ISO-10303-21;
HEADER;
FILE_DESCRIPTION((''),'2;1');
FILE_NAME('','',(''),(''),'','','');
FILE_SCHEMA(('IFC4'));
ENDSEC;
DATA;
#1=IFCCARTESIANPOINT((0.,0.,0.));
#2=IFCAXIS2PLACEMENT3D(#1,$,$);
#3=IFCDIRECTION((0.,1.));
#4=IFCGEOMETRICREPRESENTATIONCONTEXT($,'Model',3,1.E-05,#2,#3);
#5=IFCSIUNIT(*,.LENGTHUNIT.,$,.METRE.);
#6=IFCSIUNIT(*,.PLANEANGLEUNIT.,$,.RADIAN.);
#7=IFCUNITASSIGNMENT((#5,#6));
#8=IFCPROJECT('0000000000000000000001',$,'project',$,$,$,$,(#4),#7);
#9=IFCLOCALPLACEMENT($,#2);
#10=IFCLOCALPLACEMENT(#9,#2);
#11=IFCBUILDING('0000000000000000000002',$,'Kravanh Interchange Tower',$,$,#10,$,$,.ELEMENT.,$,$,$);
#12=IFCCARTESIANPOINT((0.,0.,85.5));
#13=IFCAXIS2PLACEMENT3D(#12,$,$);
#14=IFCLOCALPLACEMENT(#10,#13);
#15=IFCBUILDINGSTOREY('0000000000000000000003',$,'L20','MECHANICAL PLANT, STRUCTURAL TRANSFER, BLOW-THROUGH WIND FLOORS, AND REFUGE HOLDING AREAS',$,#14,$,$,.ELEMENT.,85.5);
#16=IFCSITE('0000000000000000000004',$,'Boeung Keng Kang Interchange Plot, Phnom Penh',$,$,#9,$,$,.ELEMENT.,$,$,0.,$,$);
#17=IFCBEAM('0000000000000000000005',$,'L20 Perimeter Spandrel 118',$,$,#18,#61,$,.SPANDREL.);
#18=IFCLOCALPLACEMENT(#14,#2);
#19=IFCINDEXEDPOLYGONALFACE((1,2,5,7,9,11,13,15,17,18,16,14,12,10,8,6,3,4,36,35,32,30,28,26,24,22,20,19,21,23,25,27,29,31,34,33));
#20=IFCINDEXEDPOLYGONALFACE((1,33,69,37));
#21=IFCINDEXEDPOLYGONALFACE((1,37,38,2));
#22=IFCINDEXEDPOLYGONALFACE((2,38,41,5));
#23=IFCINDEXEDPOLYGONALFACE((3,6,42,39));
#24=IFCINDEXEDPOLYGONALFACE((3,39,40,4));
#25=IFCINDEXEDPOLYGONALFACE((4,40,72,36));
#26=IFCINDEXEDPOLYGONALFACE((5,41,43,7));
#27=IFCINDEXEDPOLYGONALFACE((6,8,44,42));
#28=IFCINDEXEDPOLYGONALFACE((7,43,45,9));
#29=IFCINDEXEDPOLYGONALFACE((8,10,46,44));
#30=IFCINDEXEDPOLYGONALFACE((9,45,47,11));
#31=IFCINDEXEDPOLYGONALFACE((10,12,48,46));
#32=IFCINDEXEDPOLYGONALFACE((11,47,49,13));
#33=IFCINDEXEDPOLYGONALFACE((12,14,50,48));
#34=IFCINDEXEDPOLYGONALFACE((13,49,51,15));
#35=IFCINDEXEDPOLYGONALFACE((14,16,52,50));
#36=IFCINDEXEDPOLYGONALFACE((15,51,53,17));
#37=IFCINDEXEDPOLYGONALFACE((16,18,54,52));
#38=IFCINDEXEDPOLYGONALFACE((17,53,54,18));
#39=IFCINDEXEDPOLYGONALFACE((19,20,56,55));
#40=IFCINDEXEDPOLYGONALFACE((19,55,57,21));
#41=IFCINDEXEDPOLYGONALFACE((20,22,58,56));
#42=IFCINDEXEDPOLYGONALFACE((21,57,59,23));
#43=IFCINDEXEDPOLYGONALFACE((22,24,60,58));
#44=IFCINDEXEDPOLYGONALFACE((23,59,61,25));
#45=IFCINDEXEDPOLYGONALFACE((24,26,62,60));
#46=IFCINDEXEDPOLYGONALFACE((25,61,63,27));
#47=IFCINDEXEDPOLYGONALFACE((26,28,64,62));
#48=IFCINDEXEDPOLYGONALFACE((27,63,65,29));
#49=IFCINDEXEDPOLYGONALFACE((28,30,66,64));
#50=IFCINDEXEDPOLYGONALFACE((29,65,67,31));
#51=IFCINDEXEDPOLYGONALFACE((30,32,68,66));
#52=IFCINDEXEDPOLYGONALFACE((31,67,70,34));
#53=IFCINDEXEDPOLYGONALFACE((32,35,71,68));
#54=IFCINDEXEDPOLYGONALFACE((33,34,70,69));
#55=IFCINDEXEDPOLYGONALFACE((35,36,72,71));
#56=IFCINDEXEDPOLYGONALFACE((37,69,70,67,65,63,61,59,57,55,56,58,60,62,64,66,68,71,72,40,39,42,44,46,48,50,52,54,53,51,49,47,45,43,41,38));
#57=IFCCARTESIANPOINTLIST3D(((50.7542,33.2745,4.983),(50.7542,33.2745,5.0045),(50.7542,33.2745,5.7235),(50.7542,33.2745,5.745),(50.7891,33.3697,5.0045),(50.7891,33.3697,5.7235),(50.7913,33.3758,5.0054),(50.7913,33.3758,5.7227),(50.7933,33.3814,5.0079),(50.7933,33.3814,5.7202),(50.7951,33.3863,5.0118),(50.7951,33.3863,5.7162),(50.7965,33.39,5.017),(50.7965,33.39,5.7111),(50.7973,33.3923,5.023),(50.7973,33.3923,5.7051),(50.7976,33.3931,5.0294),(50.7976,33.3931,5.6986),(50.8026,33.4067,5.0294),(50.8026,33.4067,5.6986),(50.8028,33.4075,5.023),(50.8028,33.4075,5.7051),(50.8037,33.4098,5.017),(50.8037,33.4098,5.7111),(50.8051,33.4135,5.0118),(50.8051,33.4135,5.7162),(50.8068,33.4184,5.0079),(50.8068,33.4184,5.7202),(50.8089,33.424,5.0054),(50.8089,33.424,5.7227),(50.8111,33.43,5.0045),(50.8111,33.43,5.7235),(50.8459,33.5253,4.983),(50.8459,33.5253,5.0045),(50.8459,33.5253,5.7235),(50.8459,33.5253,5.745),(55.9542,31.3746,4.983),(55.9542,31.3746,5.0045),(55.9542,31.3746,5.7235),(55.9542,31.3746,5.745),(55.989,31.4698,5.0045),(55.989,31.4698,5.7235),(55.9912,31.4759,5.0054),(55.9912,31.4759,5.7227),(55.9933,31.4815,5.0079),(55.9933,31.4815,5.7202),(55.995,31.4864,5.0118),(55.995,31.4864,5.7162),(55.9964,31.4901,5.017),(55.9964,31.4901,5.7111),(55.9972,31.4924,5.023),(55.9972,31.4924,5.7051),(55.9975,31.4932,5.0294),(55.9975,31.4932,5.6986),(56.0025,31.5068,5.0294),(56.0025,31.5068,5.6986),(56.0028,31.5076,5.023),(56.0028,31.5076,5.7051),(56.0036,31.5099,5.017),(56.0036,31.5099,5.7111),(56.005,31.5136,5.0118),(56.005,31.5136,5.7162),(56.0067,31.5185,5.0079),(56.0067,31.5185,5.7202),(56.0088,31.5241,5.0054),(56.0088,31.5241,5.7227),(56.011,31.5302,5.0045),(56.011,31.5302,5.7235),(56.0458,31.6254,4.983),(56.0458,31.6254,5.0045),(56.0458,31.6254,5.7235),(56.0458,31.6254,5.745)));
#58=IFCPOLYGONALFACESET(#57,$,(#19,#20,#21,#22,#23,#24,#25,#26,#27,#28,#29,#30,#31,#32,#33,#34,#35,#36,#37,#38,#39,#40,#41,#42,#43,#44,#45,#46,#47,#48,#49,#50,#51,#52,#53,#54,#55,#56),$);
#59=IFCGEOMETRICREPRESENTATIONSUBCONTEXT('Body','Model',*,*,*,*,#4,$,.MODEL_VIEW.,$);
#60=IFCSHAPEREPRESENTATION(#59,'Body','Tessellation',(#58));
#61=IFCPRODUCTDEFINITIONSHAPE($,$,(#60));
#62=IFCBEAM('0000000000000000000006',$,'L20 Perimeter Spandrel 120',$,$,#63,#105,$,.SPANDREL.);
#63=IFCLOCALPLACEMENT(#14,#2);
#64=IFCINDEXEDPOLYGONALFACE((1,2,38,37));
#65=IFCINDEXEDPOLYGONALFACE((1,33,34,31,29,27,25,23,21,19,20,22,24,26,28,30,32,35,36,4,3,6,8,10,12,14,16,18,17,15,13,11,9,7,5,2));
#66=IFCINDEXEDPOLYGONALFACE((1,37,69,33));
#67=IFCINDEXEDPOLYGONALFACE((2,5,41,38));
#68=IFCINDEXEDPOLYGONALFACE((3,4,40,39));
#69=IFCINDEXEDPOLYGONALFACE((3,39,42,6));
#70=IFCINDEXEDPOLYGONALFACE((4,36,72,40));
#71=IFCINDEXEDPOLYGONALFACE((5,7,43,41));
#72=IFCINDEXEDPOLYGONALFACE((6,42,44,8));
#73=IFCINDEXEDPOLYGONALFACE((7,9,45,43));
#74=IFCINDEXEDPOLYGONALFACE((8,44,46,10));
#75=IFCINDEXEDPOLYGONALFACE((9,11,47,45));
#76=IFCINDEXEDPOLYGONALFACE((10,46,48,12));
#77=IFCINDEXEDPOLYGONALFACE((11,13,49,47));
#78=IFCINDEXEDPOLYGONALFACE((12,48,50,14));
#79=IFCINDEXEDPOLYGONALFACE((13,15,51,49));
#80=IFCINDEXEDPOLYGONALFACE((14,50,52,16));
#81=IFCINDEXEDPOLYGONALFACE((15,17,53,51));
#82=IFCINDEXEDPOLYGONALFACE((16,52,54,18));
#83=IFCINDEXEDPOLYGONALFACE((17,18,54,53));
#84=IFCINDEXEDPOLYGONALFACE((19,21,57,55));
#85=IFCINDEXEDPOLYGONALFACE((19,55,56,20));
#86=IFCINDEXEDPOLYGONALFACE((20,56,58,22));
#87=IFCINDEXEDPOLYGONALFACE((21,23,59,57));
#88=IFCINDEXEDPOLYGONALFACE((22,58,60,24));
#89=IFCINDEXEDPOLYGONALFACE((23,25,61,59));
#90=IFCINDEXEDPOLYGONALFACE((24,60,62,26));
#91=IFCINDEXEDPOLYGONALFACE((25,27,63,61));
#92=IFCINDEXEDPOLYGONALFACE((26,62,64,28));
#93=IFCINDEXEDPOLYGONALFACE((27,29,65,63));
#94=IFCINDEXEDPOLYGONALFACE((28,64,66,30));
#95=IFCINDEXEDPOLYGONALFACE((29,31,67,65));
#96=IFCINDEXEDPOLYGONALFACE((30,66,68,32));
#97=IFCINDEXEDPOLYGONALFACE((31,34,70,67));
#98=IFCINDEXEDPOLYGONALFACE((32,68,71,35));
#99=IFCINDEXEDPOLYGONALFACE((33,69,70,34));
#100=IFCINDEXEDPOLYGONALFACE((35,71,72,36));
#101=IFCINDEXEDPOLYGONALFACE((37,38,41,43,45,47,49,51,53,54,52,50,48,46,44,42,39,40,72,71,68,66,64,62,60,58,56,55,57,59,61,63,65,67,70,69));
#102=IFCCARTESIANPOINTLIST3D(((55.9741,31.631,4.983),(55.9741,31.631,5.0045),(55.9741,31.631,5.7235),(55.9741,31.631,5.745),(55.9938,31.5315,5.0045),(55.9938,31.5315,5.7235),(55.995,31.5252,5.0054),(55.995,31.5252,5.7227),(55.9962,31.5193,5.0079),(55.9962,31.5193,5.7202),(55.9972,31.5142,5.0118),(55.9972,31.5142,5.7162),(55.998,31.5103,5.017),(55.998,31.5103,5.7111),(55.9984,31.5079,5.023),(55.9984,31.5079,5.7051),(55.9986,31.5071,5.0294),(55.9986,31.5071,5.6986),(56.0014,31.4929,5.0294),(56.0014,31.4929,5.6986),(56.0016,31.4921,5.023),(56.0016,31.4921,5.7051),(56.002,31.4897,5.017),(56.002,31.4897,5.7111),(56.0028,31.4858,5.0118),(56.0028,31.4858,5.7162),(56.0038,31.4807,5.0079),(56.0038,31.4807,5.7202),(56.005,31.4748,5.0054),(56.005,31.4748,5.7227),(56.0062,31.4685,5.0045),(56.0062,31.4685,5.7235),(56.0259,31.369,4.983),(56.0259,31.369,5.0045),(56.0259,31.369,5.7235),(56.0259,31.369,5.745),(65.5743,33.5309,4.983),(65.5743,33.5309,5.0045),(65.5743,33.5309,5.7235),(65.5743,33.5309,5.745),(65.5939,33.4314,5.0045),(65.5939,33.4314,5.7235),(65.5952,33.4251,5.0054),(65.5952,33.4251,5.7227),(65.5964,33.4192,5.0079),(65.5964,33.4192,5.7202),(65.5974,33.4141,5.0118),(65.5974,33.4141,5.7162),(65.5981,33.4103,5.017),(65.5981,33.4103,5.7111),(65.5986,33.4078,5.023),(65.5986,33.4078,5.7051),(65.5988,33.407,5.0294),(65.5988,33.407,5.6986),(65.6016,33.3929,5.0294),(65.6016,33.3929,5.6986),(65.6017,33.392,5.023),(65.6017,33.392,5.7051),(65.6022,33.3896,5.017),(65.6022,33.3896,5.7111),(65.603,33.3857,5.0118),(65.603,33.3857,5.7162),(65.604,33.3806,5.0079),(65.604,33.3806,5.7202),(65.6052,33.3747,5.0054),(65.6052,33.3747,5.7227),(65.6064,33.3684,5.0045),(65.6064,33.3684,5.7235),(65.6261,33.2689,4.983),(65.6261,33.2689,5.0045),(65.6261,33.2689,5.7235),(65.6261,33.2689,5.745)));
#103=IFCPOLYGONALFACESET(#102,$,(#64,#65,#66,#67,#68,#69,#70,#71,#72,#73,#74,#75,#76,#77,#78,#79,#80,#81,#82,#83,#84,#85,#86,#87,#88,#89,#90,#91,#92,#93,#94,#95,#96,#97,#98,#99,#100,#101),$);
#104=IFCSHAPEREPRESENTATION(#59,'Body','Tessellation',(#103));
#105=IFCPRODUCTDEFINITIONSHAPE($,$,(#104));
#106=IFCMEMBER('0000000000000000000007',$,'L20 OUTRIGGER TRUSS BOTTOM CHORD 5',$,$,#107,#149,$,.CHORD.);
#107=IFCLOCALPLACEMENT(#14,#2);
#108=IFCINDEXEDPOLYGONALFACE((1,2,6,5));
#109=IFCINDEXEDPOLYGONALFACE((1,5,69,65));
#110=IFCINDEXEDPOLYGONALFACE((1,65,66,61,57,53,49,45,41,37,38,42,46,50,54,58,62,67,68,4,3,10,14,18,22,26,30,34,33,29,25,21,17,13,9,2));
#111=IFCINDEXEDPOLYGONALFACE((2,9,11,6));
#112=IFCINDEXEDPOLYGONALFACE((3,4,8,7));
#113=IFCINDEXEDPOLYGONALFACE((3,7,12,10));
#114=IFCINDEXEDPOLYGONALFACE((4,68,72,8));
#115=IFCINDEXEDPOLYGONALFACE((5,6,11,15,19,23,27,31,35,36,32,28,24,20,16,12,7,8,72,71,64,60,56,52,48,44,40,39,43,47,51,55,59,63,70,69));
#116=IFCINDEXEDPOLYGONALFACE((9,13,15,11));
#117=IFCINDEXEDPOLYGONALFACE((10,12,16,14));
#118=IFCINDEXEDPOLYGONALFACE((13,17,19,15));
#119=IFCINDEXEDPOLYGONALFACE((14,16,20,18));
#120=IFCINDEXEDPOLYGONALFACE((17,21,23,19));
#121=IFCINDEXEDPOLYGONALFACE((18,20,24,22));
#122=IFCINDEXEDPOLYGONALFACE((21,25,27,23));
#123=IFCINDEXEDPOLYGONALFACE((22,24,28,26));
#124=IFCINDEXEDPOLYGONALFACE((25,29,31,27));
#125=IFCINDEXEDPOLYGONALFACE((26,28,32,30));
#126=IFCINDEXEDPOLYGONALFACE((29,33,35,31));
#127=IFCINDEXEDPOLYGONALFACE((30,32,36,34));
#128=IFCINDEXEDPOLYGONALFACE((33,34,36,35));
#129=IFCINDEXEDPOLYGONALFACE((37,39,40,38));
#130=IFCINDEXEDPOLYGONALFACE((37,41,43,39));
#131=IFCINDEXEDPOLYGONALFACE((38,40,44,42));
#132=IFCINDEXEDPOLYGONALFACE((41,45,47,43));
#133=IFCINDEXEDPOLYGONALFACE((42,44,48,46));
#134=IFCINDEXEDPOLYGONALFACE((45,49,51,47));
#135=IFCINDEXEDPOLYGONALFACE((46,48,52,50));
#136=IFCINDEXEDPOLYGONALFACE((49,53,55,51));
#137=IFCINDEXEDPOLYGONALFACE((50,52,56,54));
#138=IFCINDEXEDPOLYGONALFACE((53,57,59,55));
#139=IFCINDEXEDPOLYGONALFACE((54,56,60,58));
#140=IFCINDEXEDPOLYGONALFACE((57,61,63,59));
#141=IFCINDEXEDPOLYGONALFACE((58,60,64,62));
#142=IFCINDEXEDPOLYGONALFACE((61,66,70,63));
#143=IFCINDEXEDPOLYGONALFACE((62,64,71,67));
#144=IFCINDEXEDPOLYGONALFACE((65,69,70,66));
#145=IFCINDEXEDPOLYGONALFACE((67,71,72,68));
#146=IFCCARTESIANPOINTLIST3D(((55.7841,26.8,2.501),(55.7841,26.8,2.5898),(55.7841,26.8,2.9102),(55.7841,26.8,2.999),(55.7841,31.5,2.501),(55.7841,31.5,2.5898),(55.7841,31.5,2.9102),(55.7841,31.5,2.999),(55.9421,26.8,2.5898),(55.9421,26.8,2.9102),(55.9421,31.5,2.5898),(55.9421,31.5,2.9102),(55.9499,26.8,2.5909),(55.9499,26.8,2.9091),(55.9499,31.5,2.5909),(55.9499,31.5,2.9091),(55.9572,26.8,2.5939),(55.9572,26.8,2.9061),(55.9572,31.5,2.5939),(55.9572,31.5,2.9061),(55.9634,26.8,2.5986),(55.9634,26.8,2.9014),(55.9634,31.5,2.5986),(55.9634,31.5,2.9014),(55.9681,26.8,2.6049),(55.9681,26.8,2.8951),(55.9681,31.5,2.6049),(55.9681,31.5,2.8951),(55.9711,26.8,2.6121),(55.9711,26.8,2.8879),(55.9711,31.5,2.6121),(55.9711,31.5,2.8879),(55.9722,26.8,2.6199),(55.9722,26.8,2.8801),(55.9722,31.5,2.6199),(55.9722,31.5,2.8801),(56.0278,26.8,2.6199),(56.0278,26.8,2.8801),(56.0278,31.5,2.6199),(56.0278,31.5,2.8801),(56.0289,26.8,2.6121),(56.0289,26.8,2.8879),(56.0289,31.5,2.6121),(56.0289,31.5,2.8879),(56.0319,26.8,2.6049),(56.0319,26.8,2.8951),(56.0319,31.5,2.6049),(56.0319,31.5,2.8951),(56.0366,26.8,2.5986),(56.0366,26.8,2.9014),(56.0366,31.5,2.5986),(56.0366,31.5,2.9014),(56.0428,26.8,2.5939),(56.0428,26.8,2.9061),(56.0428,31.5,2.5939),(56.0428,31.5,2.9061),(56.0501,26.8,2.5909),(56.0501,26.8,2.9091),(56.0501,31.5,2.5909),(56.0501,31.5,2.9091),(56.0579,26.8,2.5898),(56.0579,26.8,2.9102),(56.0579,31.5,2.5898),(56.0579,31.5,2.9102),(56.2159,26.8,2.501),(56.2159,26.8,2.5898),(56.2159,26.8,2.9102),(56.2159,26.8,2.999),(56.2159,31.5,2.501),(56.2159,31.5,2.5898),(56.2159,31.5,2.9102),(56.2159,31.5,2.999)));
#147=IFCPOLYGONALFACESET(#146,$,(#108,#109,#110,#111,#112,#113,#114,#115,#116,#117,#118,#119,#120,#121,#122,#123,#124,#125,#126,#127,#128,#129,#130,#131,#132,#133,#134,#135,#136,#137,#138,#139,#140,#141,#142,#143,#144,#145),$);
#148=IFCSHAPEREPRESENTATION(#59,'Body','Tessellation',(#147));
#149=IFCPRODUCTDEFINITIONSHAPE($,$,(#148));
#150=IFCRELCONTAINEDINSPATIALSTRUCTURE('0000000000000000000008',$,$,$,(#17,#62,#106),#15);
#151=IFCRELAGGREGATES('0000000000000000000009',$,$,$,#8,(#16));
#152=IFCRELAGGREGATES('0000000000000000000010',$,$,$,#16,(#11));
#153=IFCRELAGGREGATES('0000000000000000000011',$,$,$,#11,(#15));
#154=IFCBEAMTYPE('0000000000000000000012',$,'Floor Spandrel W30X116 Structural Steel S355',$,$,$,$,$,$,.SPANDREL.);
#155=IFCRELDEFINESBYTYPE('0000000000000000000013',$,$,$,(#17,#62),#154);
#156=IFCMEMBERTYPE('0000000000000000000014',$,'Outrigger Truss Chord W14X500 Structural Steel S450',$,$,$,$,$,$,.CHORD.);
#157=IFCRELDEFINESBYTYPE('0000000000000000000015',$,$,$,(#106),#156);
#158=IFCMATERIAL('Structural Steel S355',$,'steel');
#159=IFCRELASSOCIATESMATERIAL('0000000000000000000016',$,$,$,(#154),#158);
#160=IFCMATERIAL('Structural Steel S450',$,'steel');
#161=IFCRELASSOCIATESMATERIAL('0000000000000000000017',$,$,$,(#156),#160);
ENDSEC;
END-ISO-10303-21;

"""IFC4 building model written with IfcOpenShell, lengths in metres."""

from ifc_helpers import new_model, si_unit, direction, frame, origin, origin_2d, place, context, subcontext, project, spatial, i_section, extrude, material, material_profile, profile_set, type_object, element, save


model = new_model("IFC4")

# Units and contexts
model_context = context("Model", 3, precision=1e-05, world=origin(), true_north=direction((0.0, 1.0)))
body_context = subcontext(model_context, "Body", "Model", "MODEL_VIEW")
ifc_project = project(units=[si_unit("LENGTHUNIT", "METRE"), si_unit("PLANEANGLEUNIT", "RADIAN")], contexts=[model_context])

# Site, building, storey
site_placement = place(None, origin())
site = spatial("IfcSite", under=ifc_project, at=site_placement, Name="Boeung Keng Kang Interchange Plot, Phnom Penh", CompositionType="ELEMENT", RefElevation=0.0)
building_placement = place(site_placement, origin())
building = spatial("IfcBuilding", under=site, at=building_placement, Name="Kravanh Interchange Tower", CompositionType="ELEMENT")
storey_placement = place(building_placement, frame((0.0, 0.0, 85.5)))
storey = spatial("IfcBuildingStorey", under=building, at=storey_placement, Name="L20", Description="MECHANICAL PLANT, STRUCTURAL TRANSFER, BLOW-THROUGH WIND FLOORS, AND REFUGE HOLDING AREAS", CompositionType="ELEMENT", Elevation=85.5)

# Beams
ifc_material_1 = material(Name="Structural Steel S355", Category="steel")
ifc_material_profile_1 = material_profile(ifc_material_1, i_section(OverallWidth=0.2671, OverallDepth=0.762, WebThickness=0.0144, FlangeThickness=0.0215, FilletRadius=0.0249, at=origin_2d()), Name="W30X116")
ifc_profile_set_1 = profile_set([ifc_material_profile_1], Name="Structural Steel S355")
beam_type_1 = type_object("IfcBeamType", Name="Floor Spandrel W30X116 Structural Steel S355", PredefinedType="SPANDREL", material=ifc_profile_set_1)
beam_1_placement = place(storey_placement, frame((56.0, 31.5, 5.364), z_axis=(-0.93927, 0.34318, 0.0), x_axis=(-0.34318, -0.93927, 0.0)))
element("IfcBeam", 1, at=beam_1_placement, inside=storey, type_object=beam_type_1, Name="L20 Perimeter Spandrel 118", PredefinedType="SPANDREL", context=body_context, shape_type="SweptSolid", body=[
    extrude(i_section(OverallWidth=0.2671, OverallDepth=0.762, WebThickness=0.0144, FlangeThickness=0.0215, FilletRadius=0.0249, at=origin_2d()), origin(), (0.0, 0.0, 1.0), 5.5361),
])
beam_2_placement = place(storey_placement, frame((56.0, 31.5, 5.364), z_axis=(0.980974, 0.194139, 0.0), x_axis=(-0.194139, 0.980974, 0.0)))
element("IfcBeam", 2, at=beam_2_placement, inside=storey, type_object=beam_type_1, Name="L20 Perimeter Spandrel 120", PredefinedType="SPANDREL", context=body_context, shape_type="SweptSolid", body=[
    extrude(i_section(OverallWidth=0.2671, OverallDepth=0.762, WebThickness=0.0144, FlangeThickness=0.0215, FilletRadius=0.0249, at=origin_2d()), origin(), (0.0, 0.0, 1.0), 9.7864),
])

# Member
ifc_material_2 = material(Name="Structural Steel S450", Category="steel")
ifc_material_profile_2 = material_profile(ifc_material_2, i_section(OverallWidth=0.4319, OverallDepth=0.498, WebThickness=0.0557, FlangeThickness=0.0889, FilletRadius=0.03, at=origin_2d()), Name="W14X500")
ifc_profile_set_2 = profile_set([ifc_material_profile_2], Name="Structural Steel S450")
member_type_1 = type_object("IfcMemberType", Name="Outrigger Truss Chord W14X500 Structural Steel S450", PredefinedType="CHORD", material=ifc_profile_set_2)
member_1_placement = place(storey_placement, frame((56.0, 31.5, 2.75), z_axis=(0.0, -1.0, 0.0), x_axis=(1.0, 0.0, 0.0)))
element("IfcMember", 3, at=member_1_placement, inside=storey, type_object=member_type_1, Name="L20 OUTRIGGER TRUSS BOTTOM CHORD 5", PredefinedType="CHORD", context=body_context, shape_type="SweptSolid", body=[
    extrude(i_section(OverallWidth=0.4319, OverallDepth=0.498, WebThickness=0.0557, FlangeThickness=0.0889, FilletRadius=0.03, at=origin_2d()), origin(), (0.0, 0.0, 1.0), 4.7),
])

save(model, "model.ifc")
